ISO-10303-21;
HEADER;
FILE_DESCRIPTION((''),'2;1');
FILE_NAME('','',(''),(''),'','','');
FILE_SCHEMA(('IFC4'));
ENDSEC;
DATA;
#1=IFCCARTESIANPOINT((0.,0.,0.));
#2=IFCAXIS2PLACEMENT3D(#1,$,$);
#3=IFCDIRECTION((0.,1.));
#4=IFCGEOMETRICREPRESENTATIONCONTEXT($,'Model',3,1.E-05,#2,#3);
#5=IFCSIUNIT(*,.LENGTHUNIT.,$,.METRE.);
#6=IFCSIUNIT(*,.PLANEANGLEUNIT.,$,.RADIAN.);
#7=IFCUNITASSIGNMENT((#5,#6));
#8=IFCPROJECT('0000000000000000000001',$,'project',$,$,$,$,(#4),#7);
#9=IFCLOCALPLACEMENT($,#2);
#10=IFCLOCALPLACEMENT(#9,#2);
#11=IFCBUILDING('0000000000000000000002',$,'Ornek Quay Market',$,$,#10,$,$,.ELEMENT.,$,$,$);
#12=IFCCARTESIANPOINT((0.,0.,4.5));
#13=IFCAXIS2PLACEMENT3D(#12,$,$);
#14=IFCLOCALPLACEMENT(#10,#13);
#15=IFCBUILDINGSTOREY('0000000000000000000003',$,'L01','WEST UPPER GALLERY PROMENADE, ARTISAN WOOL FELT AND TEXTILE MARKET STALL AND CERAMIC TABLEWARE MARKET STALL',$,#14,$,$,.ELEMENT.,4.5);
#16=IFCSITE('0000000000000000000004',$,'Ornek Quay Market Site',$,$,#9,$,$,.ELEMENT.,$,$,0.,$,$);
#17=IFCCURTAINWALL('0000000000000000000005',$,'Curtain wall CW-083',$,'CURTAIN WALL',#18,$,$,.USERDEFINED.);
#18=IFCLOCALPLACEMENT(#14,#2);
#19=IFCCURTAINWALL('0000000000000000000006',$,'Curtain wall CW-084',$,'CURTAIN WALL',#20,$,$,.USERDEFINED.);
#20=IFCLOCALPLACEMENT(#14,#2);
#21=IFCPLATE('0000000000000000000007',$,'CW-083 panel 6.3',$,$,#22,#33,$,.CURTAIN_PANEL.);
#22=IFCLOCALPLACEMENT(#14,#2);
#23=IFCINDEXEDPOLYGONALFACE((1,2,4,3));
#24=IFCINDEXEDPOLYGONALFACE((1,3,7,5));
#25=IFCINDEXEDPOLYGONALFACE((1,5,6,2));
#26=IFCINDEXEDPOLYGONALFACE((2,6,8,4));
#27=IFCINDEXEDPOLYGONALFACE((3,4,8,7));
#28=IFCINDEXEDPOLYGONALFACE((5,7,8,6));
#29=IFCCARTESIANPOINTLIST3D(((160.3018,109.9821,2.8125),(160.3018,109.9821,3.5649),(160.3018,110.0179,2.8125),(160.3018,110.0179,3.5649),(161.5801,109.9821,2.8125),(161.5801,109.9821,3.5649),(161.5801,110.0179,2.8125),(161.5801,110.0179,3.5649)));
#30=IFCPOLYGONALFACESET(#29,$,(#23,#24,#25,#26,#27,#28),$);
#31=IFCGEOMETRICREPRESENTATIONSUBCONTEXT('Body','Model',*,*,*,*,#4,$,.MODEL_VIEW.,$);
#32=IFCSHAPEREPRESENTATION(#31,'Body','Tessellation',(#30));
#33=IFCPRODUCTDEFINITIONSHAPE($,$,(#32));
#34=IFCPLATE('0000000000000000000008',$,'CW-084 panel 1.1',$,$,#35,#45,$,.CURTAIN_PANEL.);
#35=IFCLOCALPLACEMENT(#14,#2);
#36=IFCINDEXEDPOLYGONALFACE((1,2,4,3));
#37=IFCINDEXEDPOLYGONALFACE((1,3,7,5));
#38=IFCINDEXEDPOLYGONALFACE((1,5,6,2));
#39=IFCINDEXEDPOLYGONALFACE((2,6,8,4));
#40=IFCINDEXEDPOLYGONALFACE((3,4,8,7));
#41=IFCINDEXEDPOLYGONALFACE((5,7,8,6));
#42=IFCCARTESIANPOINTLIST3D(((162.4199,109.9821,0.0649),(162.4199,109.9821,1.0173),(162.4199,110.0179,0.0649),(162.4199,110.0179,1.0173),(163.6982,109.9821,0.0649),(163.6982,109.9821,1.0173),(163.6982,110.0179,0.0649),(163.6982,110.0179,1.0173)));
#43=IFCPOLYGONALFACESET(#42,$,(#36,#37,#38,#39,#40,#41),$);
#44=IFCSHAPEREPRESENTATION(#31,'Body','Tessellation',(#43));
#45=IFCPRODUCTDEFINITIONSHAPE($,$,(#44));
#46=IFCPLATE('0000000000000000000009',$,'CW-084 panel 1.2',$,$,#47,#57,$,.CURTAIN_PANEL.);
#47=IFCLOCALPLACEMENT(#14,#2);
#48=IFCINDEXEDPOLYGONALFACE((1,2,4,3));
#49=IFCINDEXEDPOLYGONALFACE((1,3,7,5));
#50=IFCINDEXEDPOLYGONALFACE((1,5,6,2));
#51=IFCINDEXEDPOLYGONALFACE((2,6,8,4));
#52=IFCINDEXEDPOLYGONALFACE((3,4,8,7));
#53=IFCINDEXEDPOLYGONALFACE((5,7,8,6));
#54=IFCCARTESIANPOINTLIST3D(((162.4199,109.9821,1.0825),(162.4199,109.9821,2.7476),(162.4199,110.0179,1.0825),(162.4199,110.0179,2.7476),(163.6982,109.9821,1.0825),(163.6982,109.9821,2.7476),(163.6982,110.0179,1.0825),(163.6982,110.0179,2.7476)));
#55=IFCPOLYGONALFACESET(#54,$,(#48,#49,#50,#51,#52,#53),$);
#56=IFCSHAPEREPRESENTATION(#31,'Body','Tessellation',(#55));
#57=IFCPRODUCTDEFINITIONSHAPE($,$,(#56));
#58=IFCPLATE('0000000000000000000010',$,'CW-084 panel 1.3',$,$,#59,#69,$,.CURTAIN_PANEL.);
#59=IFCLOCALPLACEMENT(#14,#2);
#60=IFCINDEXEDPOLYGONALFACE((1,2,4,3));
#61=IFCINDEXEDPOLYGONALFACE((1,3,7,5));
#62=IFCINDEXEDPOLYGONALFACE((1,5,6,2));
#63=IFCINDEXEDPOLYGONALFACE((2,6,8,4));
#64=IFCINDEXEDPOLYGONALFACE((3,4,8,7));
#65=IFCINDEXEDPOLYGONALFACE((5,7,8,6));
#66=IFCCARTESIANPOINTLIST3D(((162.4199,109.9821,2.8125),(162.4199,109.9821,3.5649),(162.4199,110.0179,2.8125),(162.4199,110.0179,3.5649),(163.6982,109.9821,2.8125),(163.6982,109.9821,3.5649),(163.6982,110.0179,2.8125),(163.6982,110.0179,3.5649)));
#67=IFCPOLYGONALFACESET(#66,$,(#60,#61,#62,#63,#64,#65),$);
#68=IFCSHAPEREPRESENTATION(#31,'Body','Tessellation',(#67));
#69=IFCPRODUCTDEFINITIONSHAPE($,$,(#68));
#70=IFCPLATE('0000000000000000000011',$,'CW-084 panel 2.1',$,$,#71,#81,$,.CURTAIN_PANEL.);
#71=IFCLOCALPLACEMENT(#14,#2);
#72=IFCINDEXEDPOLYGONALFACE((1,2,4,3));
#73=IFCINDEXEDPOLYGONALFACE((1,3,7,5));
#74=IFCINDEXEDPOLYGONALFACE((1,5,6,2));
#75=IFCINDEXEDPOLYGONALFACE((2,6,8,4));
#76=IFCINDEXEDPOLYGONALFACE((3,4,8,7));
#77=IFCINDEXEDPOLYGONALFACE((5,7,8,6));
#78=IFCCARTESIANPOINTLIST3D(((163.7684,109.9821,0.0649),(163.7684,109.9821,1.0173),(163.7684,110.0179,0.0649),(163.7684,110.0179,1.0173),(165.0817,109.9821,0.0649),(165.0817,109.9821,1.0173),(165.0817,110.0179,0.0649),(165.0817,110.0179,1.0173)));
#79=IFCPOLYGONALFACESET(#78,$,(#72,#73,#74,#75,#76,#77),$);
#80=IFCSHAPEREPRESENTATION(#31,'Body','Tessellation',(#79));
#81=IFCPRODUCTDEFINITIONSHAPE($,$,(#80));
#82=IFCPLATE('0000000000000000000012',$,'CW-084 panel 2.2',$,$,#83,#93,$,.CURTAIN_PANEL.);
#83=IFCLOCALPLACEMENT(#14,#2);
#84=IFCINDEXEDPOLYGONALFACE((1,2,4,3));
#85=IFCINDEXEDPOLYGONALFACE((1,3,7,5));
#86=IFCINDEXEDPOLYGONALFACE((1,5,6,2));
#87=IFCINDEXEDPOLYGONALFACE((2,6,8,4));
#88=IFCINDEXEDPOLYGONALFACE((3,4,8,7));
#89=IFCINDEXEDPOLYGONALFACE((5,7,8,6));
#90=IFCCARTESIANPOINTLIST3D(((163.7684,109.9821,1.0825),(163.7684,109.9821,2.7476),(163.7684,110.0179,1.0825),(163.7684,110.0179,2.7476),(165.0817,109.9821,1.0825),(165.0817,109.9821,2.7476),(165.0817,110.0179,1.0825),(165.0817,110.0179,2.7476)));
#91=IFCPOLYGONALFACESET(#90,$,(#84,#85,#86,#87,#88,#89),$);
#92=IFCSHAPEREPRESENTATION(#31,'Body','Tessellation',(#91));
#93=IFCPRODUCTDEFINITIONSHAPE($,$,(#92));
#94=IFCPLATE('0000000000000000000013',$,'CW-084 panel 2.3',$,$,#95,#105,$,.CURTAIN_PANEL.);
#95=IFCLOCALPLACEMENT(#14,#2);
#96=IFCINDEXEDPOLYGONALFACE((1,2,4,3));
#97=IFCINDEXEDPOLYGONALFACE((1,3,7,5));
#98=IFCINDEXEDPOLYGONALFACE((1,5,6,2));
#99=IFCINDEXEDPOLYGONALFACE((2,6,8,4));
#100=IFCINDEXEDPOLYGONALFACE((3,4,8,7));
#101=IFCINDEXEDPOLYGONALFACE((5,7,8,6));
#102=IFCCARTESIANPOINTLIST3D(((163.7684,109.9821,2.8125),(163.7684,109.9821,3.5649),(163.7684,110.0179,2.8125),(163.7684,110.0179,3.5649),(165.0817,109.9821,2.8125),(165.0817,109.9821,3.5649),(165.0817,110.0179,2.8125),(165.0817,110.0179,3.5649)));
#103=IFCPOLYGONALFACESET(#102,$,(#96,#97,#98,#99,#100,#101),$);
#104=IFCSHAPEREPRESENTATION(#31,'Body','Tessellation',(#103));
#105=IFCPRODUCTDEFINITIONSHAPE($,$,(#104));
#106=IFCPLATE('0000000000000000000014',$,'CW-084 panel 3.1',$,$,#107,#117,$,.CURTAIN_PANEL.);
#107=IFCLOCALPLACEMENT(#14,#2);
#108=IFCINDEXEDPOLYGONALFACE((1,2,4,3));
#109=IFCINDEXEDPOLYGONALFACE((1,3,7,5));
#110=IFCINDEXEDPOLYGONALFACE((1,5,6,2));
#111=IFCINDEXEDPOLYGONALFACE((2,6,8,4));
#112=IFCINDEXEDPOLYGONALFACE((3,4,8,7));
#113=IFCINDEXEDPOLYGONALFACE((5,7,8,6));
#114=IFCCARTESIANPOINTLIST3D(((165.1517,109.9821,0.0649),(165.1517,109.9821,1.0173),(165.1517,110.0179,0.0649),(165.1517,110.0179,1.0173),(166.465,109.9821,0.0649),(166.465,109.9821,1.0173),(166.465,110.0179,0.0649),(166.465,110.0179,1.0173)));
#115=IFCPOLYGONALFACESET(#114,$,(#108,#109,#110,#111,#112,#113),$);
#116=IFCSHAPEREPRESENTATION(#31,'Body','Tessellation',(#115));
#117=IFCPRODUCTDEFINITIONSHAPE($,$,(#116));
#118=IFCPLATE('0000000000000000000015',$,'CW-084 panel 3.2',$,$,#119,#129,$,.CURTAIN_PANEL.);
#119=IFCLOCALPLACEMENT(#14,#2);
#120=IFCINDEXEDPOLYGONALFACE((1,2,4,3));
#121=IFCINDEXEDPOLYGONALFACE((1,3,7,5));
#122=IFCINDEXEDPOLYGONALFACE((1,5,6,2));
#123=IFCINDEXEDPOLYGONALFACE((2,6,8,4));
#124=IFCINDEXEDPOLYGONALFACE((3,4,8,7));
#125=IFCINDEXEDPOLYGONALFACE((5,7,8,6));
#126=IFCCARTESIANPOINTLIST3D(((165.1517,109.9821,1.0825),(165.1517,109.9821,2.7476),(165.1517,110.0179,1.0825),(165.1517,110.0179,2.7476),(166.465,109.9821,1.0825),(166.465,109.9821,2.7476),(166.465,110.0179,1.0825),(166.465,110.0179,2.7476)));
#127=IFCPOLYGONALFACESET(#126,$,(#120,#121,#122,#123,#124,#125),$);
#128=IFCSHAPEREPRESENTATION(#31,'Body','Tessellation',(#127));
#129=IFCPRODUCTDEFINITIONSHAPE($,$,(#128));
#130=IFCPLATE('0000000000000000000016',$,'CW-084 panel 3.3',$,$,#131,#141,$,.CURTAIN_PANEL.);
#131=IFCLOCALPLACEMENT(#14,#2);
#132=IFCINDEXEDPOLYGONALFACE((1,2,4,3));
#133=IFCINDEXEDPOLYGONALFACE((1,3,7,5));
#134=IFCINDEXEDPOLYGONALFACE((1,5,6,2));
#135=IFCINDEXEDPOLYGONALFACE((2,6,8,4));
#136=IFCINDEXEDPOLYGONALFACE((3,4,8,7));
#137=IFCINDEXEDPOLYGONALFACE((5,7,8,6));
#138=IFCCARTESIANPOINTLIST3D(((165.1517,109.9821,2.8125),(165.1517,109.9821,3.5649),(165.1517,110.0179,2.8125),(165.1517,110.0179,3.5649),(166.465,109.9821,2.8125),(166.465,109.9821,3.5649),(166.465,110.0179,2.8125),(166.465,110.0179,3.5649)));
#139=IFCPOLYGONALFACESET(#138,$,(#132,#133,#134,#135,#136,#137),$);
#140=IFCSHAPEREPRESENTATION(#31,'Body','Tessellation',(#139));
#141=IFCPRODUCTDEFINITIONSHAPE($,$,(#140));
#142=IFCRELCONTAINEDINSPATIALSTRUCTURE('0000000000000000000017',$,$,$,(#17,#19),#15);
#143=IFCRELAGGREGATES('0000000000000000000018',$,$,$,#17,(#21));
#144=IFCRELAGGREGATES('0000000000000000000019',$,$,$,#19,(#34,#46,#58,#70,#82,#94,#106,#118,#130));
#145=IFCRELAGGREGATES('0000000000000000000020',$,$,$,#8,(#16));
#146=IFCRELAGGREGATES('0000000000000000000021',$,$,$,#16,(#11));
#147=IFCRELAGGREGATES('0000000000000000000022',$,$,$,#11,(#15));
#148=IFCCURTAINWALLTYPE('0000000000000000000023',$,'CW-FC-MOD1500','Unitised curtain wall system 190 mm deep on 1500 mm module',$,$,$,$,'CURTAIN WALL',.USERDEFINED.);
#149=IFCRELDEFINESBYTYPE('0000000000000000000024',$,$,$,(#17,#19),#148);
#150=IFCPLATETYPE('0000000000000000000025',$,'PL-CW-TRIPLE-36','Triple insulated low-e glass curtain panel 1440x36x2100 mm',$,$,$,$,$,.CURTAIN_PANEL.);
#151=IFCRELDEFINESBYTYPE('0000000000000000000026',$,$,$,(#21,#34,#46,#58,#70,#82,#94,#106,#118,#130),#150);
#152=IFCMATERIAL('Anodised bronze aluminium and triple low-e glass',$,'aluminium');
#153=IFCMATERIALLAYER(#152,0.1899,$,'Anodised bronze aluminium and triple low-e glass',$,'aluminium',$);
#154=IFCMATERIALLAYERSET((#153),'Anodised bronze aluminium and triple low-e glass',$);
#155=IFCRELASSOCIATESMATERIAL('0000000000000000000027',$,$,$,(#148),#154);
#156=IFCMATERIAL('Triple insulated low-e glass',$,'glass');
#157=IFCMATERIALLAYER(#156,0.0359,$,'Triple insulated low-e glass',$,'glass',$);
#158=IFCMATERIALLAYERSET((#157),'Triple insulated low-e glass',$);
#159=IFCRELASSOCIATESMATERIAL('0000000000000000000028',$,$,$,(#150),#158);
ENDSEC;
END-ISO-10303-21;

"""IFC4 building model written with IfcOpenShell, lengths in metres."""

from ifc_helpers import new_model, si_unit, direction, frame, origin, origin_2d, place, context, subcontext, project, spatial, rectangle, extrude, material, layer, layer_set, type_object, element, aggregate, save


model = new_model("IFC4")

# Units and contexts
model_context = context("Model", 3, precision=1e-05, world=origin(), true_north=direction((0.0, 1.0)))
body_context = subcontext(model_context, "Body", "Model", "MODEL_VIEW")
ifc_project = project(units=[si_unit("LENGTHUNIT", "METRE"), si_unit("PLANEANGLEUNIT", "RADIAN")], contexts=[model_context])

# Site, building, storey
site_placement = place(None, origin())
site = spatial("IfcSite", under=ifc_project, at=site_placement, Name="Ornek Quay Market Site", CompositionType="ELEMENT", RefElevation=0.0)
building_placement = place(site_placement, origin())
building = spatial("IfcBuilding", under=site, at=building_placement, Name="Ornek Quay Market", CompositionType="ELEMENT")
storey_placement = place(building_placement, frame((0.0, 0.0, 4.5)))
storey = spatial("IfcBuildingStorey", under=building, at=storey_placement, Name="L01", Description="WEST UPPER GALLERY PROMENADE, ARTISAN WOOL FELT AND TEXTILE MARKET STALL AND CERAMIC TABLEWARE MARKET STALL", CompositionType="ELEMENT", Elevation=4.5)

# Curtain wall
ifc_material_1 = material(Name="Anodised bronze aluminium and triple low-e glass", Category="aluminium")
ifc_layer_1 = layer(ifc_material_1, 0.1899, Name="Anodised bronze aluminium and triple low-e glass", Category="aluminium")
ifc_layer_set_1 = layer_set([ifc_layer_1], Name="Anodised bronze aluminium and triple low-e glass")
curtain_wall_type = type_object("IfcCurtainWallType", Name="CW-FC-MOD1500", Description="Unitised curtain wall system 190 mm deep on 1500 mm module", ElementType="CURTAIN WALL", PredefinedType="USERDEFINED", material=ifc_layer_set_1)
curtain_wall_1_placement = place(storey_placement, origin())
curtain_wall_1 = element("IfcCurtainWall", 1, at=curtain_wall_1_placement, inside=storey, type_object=curtain_wall_type, Name="Curtain wall CW-083", ObjectType="CURTAIN WALL", PredefinedType="USERDEFINED")

# Curtain wall
curtain_wall_2_placement = place(storey_placement, origin())
curtain_wall_2 = element("IfcCurtainWall", 2, at=curtain_wall_2_placement, inside=storey, type_object=curtain_wall_type, Name="Curtain wall CW-084", ObjectType="CURTAIN WALL", PredefinedType="USERDEFINED")

# Plates
ifc_material_2 = material(Name="Triple insulated low-e glass", Category="glass")
ifc_layer_2 = layer(ifc_material_2, 0.0359, Name="Triple insulated low-e glass", Category="glass")
ifc_layer_set_2 = layer_set([ifc_layer_2], Name="Triple insulated low-e glass")
plate_type = type_object("IfcPlateType", Name="PL-CW-TRIPLE-36", Description="Triple insulated low-e glass curtain panel 1440x36x2100 mm", PredefinedType="CURTAIN_PANEL", material=ifc_layer_set_2)
plate_1_placement = place(storey_placement, frame((160.9409, 110.0, 2.8125), z_axis=(0.0, 0.0, 1.0), x_axis=(1.0, 0.0, 0.0)))
plate_1 = element("IfcPlate", 3, at=plate_1_placement, type_object=plate_type, Name="CW-083 panel 6.3", PredefinedType="CURTAIN_PANEL", context=body_context, shape_type="SweptSolid", body=[
    extrude(rectangle(XDim=1.2783, YDim=0.0359, at=origin_2d()), origin(), (0.0, 0.0, 1.0), 0.7524),
])
aggregate(curtain_wall_1, [plate_1])
plate_2_placement = place(storey_placement, frame((163.0591, 110.0, 0.0649), z_axis=(0.0, 0.0, 1.0), x_axis=(1.0, 0.0, 0.0)))
plate_2 = element("IfcPlate", 4, at=plate_2_placement, type_object=plate_type, Name="CW-084 panel 1.1", PredefinedType="CURTAIN_PANEL", context=body_context, shape_type="SweptSolid", body=[
    extrude(rectangle(XDim=1.2783, YDim=0.0359, at=origin_2d()), origin(), (0.0, 0.0, 1.0), 0.9524),
])
plate_3_placement = place(storey_placement, frame((163.0591, 110.0, 1.0825), z_axis=(0.0, 0.0, 1.0), x_axis=(1.0, 0.0, 0.0)))
plate_3 = element("IfcPlate", 5, at=plate_3_placement, type_object=plate_type, Name="CW-084 panel 1.2", PredefinedType="CURTAIN_PANEL", context=body_context, shape_type="SweptSolid", body=[
    extrude(rectangle(XDim=1.2783, YDim=0.0359, at=origin_2d()), origin(), (0.0, 0.0, 1.0), 1.665),
])
plate_4_placement = place(storey_placement, frame((163.0591, 110.0, 2.8125), z_axis=(0.0, 0.0, 1.0), x_axis=(1.0, 0.0, 0.0)))
plate_4 = element("IfcPlate", 6, at=plate_4_placement, type_object=plate_type, Name="CW-084 panel 1.3", PredefinedType="CURTAIN_PANEL", context=body_context, shape_type="SweptSolid", body=[
    extrude(rectangle(XDim=1.2783, YDim=0.0359, at=origin_2d()), origin(), (0.0, 0.0, 1.0), 0.7524),
])
plate_5_placement = place(storey_placement, frame((164.425, 110.0, 0.0649), z_axis=(0.0, 0.0, 1.0), x_axis=(1.0, 0.0, 0.0)))
plate_5 = element("IfcPlate", 7, at=plate_5_placement, type_object=plate_type, Name="CW-084 panel 2.1", PredefinedType="CURTAIN_PANEL", context=body_context, shape_type="SweptSolid", body=[
    extrude(rectangle(XDim=1.3132, YDim=0.0359, at=origin_2d()), origin(), (0.0, 0.0, 1.0), 0.9524),
])
plate_6_placement = place(storey_placement, frame((164.425, 110.0, 1.0825), z_axis=(0.0, 0.0, 1.0), x_axis=(1.0, 0.0, 0.0)))
plate_6 = element("IfcPlate", 8, at=plate_6_placement, type_object=plate_type, Name="CW-084 panel 2.2", PredefinedType="CURTAIN_PANEL", context=body_context, shape_type="SweptSolid", body=[
    extrude(rectangle(XDim=1.3132, YDim=0.0359, at=origin_2d()), origin(), (0.0, 0.0, 1.0), 1.665),
])
plate_7_placement = place(storey_placement, frame((164.425, 110.0, 2.8125), z_axis=(0.0, 0.0, 1.0), x_axis=(1.0, 0.0, 0.0)))
plate_7 = element("IfcPlate", 9, at=plate_7_placement, type_object=plate_type, Name="CW-084 panel 2.3", PredefinedType="CURTAIN_PANEL", context=body_context, shape_type="SweptSolid", body=[
    extrude(rectangle(XDim=1.3132, YDim=0.0359, at=origin_2d()), origin(), (0.0, 0.0, 1.0), 0.7524),
])
plate_8_placement = place(storey_placement, frame((165.8083, 110.0, 0.0649), z_axis=(0.0, 0.0, 1.0), x_axis=(1.0, 0.0, 0.0)))
plate_8 = element("IfcPlate", 10, at=plate_8_placement, type_object=plate_type, Name="CW-084 panel 3.1", PredefinedType="CURTAIN_PANEL", context=body_context, shape_type="SweptSolid", body=[
    extrude(rectangle(XDim=1.3132, YDim=0.0359, at=origin_2d()), origin(), (0.0, 0.0, 1.0), 0.9524),
])
plate_9_placement = place(storey_placement, frame((165.8083, 110.0, 1.0825), z_axis=(0.0, 0.0, 1.0), x_axis=(1.0, 0.0, 0.0)))
plate_9 = element("IfcPlate", 11, at=plate_9_placement, type_object=plate_type, Name="CW-084 panel 3.2", PredefinedType="CURTAIN_PANEL", context=body_context, shape_type="SweptSolid", body=[
    extrude(rectangle(XDim=1.3132, YDim=0.0359, at=origin_2d()), origin(), (0.0, 0.0, 1.0), 1.665),
])
plate_10_placement = place(storey_placement, frame((165.8083, 110.0, 2.8125), z_axis=(0.0, 0.0, 1.0), x_axis=(1.0, 0.0, 0.0)))
plate_10 = element("IfcPlate", 12, at=plate_10_placement, type_object=plate_type, Name="CW-084 panel 3.3", PredefinedType="CURTAIN_PANEL", context=body_context, shape_type="SweptSolid", body=[
    extrude(rectangle(XDim=1.3132, YDim=0.0359, at=origin_2d()), origin(), (0.0, 0.0, 1.0), 0.7524),
])
aggregate(curtain_wall_2, [plate_2, plate_3, plate_4, plate_5, plate_6, plate_7, plate_8, plate_9, plate_10])

save(model, "model.ifc")
